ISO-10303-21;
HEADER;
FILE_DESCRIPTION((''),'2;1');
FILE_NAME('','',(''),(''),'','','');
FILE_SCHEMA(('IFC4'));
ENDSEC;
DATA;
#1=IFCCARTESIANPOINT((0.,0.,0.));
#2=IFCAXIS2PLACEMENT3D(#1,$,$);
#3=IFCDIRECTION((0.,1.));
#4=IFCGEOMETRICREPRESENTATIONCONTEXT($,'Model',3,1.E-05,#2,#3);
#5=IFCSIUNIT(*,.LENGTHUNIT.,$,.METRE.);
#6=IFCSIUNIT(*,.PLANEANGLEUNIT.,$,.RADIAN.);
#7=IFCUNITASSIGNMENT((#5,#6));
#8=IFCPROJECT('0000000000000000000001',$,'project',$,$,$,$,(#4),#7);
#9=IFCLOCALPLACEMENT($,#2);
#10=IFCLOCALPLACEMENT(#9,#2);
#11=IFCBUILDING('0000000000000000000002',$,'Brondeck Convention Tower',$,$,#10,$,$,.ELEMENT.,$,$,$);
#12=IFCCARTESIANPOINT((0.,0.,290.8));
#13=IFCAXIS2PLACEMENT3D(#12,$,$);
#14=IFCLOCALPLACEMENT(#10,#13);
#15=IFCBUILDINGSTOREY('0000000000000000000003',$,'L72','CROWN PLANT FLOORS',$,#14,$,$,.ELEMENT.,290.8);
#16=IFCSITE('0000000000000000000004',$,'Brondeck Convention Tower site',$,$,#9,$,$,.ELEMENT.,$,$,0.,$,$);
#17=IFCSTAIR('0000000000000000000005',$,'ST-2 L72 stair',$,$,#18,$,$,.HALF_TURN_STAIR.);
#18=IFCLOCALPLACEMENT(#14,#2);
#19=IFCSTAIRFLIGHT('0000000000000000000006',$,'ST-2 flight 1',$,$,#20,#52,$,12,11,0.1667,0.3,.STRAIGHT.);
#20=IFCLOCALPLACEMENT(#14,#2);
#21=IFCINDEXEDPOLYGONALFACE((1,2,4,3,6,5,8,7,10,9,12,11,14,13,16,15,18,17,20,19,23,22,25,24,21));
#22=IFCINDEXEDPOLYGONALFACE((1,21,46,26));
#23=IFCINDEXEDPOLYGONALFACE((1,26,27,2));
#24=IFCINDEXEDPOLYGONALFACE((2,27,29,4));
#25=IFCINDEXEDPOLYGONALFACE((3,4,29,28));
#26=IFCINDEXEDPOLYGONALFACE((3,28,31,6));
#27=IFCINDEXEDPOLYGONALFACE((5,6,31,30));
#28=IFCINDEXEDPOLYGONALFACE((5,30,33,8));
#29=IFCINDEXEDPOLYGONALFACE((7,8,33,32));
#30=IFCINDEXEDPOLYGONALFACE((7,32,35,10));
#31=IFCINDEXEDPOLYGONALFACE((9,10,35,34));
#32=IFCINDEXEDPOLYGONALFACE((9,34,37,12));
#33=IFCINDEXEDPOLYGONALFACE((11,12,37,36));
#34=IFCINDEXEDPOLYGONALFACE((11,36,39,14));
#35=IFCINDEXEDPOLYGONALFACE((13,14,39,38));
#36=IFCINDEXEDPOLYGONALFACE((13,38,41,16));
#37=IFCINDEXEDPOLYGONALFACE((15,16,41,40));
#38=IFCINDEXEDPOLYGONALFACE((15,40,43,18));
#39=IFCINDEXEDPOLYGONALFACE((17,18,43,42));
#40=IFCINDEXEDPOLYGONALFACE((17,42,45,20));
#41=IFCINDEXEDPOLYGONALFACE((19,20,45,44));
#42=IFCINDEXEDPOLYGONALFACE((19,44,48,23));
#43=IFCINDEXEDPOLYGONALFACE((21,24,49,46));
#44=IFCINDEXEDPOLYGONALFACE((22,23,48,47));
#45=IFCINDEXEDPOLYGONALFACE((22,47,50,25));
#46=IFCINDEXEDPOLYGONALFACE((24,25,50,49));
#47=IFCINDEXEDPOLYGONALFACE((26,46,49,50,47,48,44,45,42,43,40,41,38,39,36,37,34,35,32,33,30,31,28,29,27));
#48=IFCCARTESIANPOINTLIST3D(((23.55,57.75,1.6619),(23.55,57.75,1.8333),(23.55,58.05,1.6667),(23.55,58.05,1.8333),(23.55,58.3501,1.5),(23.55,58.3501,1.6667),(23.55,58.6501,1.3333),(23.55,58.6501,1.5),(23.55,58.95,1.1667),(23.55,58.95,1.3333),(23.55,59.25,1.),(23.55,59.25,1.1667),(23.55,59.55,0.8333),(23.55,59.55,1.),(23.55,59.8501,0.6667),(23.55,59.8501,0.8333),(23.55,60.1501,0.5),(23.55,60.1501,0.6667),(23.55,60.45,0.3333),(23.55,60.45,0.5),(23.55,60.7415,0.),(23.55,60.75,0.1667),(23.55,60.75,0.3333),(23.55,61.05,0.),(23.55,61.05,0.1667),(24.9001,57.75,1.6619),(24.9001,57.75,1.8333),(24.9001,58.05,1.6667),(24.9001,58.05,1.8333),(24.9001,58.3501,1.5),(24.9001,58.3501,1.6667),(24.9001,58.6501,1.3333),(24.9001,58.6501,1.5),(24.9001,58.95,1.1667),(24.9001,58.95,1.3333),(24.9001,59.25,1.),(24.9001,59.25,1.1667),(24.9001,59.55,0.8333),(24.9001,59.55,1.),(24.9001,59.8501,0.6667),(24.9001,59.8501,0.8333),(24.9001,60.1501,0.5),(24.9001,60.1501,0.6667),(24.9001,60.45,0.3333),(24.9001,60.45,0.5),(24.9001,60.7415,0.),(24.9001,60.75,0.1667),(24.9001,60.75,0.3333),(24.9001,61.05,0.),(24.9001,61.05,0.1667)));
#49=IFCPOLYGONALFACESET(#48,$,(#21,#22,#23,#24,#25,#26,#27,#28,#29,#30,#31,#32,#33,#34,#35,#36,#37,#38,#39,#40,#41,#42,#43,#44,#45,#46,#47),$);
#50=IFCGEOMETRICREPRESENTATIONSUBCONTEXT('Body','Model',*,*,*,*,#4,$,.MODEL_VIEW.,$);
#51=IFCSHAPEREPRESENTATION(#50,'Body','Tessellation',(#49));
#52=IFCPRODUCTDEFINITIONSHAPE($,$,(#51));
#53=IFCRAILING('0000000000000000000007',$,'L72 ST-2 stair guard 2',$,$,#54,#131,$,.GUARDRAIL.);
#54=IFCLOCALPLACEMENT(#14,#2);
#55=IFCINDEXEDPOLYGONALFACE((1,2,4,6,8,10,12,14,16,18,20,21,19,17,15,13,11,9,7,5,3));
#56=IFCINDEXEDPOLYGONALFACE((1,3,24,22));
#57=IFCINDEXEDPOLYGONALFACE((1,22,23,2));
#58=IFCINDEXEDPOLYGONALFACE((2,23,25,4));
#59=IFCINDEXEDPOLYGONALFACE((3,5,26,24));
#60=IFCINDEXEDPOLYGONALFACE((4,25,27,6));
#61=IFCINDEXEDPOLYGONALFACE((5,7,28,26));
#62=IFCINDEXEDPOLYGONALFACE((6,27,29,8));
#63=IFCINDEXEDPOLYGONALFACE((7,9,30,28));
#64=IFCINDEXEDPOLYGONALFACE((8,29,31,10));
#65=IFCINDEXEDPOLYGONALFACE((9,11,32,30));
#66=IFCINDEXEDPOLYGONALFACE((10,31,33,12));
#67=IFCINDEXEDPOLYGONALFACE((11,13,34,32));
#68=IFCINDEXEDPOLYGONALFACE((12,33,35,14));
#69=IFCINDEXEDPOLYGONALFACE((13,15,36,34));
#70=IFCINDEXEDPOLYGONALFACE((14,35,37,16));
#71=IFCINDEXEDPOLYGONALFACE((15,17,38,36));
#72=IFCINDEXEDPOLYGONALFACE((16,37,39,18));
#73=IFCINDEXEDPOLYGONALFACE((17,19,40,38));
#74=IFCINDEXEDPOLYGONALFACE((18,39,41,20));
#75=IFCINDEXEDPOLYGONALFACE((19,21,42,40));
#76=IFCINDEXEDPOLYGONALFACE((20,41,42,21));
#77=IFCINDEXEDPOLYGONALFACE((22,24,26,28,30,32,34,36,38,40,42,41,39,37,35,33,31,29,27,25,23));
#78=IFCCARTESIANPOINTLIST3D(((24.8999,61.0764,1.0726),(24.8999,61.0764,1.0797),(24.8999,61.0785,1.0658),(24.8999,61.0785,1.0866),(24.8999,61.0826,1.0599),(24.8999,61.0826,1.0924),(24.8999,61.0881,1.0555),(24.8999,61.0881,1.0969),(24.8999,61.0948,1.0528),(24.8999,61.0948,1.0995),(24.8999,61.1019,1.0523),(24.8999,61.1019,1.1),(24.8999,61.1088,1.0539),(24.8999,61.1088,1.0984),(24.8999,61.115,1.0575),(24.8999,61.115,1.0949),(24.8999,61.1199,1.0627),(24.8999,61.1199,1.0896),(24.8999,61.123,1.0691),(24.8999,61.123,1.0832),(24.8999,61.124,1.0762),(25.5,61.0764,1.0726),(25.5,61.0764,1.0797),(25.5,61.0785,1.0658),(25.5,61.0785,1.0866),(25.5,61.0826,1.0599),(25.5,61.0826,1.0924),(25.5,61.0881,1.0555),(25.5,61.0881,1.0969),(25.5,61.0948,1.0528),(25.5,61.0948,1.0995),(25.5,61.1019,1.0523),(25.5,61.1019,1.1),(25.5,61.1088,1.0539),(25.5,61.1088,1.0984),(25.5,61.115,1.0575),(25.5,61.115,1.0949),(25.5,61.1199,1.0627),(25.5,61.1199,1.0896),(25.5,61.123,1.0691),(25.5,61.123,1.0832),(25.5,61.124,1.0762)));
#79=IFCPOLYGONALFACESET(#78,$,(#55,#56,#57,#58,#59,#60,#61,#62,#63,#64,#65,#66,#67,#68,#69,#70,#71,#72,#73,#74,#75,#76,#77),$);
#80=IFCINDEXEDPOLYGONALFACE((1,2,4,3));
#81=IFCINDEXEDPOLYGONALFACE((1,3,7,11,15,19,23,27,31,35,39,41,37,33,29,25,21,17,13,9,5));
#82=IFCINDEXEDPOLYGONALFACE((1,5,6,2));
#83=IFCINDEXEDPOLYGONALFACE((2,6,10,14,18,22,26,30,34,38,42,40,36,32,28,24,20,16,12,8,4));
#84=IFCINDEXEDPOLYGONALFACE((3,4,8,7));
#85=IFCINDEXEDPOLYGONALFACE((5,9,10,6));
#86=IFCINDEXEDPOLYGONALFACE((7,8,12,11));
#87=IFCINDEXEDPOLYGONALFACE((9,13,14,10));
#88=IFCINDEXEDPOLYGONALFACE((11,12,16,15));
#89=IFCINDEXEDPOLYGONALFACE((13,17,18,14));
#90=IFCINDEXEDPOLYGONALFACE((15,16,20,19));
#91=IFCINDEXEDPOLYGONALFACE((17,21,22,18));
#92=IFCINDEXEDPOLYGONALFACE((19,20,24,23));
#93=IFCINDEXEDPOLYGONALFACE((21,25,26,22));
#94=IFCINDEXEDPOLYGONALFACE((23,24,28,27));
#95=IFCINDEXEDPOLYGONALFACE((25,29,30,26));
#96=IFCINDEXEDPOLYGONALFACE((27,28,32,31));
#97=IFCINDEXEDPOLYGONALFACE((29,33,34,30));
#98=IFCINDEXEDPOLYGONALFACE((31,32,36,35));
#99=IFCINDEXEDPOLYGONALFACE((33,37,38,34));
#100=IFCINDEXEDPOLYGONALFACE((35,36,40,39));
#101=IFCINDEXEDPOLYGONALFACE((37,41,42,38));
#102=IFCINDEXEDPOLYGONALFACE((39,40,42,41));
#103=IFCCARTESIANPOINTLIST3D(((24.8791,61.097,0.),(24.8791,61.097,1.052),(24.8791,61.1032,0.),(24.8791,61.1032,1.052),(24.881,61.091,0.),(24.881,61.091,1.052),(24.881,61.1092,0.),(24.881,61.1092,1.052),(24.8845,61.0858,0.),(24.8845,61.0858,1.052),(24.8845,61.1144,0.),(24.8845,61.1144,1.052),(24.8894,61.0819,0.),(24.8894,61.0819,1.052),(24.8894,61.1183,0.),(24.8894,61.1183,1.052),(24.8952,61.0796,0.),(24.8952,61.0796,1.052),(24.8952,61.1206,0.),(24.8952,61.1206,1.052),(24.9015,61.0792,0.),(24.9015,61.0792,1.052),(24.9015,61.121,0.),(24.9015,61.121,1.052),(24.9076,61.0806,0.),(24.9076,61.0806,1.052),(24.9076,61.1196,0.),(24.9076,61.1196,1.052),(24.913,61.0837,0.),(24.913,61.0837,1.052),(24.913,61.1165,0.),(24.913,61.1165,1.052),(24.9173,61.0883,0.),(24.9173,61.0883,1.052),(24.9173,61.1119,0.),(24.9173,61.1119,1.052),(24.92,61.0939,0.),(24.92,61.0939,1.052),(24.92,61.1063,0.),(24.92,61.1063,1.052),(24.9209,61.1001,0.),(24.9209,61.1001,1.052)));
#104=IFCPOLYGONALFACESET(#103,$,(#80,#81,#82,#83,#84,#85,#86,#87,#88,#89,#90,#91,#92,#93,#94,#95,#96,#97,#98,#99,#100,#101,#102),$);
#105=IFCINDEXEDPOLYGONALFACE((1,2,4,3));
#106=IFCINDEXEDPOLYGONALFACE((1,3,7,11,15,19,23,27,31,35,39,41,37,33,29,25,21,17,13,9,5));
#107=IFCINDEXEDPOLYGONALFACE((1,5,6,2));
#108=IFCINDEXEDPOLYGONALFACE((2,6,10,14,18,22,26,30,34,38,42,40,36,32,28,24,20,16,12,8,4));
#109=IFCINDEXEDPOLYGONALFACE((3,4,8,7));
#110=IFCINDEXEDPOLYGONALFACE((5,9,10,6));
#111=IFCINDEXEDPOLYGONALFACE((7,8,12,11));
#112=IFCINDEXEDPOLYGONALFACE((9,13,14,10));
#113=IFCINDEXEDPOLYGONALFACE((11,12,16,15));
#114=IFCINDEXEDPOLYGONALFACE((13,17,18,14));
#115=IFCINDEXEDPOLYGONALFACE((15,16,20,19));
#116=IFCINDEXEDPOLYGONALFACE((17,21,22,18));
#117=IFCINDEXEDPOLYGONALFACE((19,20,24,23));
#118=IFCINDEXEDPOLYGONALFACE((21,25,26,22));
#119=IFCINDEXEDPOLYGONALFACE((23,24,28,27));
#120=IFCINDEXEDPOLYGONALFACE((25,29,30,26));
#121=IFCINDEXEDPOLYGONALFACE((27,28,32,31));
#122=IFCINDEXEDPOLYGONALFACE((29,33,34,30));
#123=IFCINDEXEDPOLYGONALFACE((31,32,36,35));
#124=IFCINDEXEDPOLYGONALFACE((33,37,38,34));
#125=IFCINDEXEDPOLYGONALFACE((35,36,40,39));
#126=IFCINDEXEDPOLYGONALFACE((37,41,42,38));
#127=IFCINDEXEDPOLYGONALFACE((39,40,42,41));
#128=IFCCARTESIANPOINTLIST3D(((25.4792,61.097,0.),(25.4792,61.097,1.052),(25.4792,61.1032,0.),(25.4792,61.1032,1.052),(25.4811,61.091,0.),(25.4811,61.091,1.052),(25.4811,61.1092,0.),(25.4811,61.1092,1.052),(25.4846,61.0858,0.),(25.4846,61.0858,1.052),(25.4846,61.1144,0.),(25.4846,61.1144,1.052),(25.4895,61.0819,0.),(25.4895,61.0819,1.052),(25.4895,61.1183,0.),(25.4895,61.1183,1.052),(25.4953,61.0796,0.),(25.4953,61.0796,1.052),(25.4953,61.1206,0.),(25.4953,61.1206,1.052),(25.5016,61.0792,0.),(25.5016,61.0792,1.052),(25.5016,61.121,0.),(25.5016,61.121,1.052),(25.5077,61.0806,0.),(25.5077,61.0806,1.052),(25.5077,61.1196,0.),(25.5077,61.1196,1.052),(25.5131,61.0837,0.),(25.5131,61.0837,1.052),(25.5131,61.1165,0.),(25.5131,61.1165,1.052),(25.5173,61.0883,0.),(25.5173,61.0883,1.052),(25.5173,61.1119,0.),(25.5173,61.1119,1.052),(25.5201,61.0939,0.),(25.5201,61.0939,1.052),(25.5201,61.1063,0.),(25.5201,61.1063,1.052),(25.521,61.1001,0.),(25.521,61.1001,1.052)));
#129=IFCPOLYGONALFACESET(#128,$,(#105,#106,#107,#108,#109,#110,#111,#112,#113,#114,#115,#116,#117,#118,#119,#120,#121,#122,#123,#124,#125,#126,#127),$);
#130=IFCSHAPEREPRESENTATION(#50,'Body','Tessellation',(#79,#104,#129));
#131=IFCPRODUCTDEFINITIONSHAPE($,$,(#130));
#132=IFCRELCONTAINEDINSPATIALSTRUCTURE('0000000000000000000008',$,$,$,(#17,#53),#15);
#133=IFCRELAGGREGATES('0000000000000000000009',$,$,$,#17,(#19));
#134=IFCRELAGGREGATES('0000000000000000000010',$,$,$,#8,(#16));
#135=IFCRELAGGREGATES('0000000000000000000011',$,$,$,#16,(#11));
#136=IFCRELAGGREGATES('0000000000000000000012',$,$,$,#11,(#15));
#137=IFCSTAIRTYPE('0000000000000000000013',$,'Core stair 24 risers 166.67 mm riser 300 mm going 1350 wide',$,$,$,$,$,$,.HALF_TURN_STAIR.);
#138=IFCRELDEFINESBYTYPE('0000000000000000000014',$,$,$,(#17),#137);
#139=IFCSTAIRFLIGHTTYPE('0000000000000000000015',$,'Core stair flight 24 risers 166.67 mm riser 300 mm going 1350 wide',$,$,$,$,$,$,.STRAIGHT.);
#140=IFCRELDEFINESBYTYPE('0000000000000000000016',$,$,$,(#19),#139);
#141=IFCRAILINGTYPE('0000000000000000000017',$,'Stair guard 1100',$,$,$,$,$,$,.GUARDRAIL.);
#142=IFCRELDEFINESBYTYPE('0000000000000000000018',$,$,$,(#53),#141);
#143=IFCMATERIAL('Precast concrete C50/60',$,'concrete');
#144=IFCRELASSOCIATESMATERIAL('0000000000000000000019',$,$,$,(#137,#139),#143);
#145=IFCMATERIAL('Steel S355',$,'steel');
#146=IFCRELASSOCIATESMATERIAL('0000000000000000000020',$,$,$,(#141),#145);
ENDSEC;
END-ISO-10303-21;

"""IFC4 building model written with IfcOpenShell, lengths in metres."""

from ifc_helpers import new_model, si_unit, direction, frame, origin, origin_2d, place, context, subcontext, project, spatial, polyline, circle, outline, extrude, material, type_object, element, aggregate, save


model = new_model("IFC4")

# Units and contexts
model_context = context("Model", 3, precision=1e-05, world=origin(), true_north=direction((0.0, 1.0)))
body_context = subcontext(model_context, "Body", "Model", "MODEL_VIEW")
ifc_project = project(units=[si_unit("LENGTHUNIT", "METRE"), si_unit("PLANEANGLEUNIT", "RADIAN")], contexts=[model_context])

# Site, building, storey
site_placement = place(None, origin())
site = spatial("IfcSite", under=ifc_project, at=site_placement, Name="Brondeck Convention Tower site", CompositionType="ELEMENT", RefElevation=0.0)
building_placement = place(site_placement, origin())
building = spatial("IfcBuilding", under=site, at=building_placement, Name="Brondeck Convention Tower", CompositionType="ELEMENT")
storey_placement = place(building_placement, frame((0.0, 0.0, 290.8)))
storey = spatial("IfcBuildingStorey", under=building, at=storey_placement, Name="L72", Description="CROWN PLANT FLOORS", CompositionType="ELEMENT", Elevation=290.8)

# Stair, stair flight
ifc_material_1 = material(Name="Precast concrete C50/60", Category="concrete")
stair_type = type_object("IfcStairType", Name="Core stair 24 risers 166.67 mm riser 300 mm going 1350 wide", PredefinedType="HALF_TURN_STAIR", material=ifc_material_1)
stair_placement = place(storey_placement, origin())
stair = element("IfcStair", 1, at=stair_placement, inside=storey, type_object=stair_type, Name="ST-2 L72 stair", PredefinedType="HALF_TURN_STAIR")
stair_flight_type = type_object("IfcStairFlightType", Name="Core stair flight 24 risers 166.67 mm riser 300 mm going 1350 wide", PredefinedType="STRAIGHT", material=ifc_material_1)
stair_flight_placement = place(storey_placement, frame((24.2251, 61.05, 0.0), z_axis=(0.0, 0.0, 1.0), x_axis=(0.0, -1.0, 0.0)))
stair_flight = element("IfcStairFlight", 2, at=stair_flight_placement, type_object=stair_flight_type, Name="ST-2 flight 1", NumberOfRisers=12, NumberOfTreads=11, PredefinedType="STRAIGHT", RiserHeight=0.1667, TreadLength=0.3, context=body_context, shape_type="SweptSolid", body=[
    extrude(outline(polyline([(0.0, 0.0), (0.0, 0.1667), (0.3, 0.1667), (0.3, 0.3333), (0.6001, 0.3333), (0.6001, 0.5), (0.8999, 0.5), (0.8999, 0.6667), (1.2, 0.6667), (1.2, 0.8333), (1.5, 0.8333), (1.5, 1.0), (1.8, 1.0), (1.8, 1.1667), (2.1001, 1.1667), (2.1001, 1.3333), (2.3999, 1.3333), (2.3999, 1.5), (2.7, 1.5), (2.7, 1.6667), (3.0, 1.6667), (3.0, 1.8333), (3.3, 1.8333), (3.3, 2.0), (3.3, 1.6619), (0.3086, 0.0), (0.0, 0.0)])), frame((0.0, 0.675, 0.0), z_axis=(0.0, -1.0, 0.0), x_axis=(1.0, 0.0, 0.0)), (0.0, 0.0, 1.0), 1.3501),
])
aggregate(stair, [stair_flight])

# Railing
ifc_material_2 = material(Name="Steel S355", Category="steel")
railing_type_1 = type_object("IfcRailingType", Name="Stair guard 1100", PredefinedType="GUARDRAIL", material=ifc_material_2)
railing_1_placement = place(storey_placement, frame((24.8999, 61.1001, 0.0)))
element("IfcRailing", 3, at=railing_1_placement, inside=storey, type_object=railing_type_1, Name="L72 ST-2 stair guard 2", PredefinedType="GUARDRAIL", context=body_context, shape_type="SweptSolid", body=[
    extrude(circle(Radius=0.0239, at=origin_2d()), frame((0.0, 0.0, 1.0762), z_axis=(1.0, 0.0, 0.0), x_axis=(0.0, 1.0, 0.0)), (0.0, 0.0, 1.0), 0.6001),
    extrude(circle(Radius=0.021, at=origin_2d()), origin(), (0.0, 0.0, 1.0), 1.052),
    extrude(circle(Radius=0.021, at=origin_2d()), frame((0.6001, 0.0, 0.0)), (0.0, 0.0, 1.0), 1.052),
])

save(model, "model.ifc")
